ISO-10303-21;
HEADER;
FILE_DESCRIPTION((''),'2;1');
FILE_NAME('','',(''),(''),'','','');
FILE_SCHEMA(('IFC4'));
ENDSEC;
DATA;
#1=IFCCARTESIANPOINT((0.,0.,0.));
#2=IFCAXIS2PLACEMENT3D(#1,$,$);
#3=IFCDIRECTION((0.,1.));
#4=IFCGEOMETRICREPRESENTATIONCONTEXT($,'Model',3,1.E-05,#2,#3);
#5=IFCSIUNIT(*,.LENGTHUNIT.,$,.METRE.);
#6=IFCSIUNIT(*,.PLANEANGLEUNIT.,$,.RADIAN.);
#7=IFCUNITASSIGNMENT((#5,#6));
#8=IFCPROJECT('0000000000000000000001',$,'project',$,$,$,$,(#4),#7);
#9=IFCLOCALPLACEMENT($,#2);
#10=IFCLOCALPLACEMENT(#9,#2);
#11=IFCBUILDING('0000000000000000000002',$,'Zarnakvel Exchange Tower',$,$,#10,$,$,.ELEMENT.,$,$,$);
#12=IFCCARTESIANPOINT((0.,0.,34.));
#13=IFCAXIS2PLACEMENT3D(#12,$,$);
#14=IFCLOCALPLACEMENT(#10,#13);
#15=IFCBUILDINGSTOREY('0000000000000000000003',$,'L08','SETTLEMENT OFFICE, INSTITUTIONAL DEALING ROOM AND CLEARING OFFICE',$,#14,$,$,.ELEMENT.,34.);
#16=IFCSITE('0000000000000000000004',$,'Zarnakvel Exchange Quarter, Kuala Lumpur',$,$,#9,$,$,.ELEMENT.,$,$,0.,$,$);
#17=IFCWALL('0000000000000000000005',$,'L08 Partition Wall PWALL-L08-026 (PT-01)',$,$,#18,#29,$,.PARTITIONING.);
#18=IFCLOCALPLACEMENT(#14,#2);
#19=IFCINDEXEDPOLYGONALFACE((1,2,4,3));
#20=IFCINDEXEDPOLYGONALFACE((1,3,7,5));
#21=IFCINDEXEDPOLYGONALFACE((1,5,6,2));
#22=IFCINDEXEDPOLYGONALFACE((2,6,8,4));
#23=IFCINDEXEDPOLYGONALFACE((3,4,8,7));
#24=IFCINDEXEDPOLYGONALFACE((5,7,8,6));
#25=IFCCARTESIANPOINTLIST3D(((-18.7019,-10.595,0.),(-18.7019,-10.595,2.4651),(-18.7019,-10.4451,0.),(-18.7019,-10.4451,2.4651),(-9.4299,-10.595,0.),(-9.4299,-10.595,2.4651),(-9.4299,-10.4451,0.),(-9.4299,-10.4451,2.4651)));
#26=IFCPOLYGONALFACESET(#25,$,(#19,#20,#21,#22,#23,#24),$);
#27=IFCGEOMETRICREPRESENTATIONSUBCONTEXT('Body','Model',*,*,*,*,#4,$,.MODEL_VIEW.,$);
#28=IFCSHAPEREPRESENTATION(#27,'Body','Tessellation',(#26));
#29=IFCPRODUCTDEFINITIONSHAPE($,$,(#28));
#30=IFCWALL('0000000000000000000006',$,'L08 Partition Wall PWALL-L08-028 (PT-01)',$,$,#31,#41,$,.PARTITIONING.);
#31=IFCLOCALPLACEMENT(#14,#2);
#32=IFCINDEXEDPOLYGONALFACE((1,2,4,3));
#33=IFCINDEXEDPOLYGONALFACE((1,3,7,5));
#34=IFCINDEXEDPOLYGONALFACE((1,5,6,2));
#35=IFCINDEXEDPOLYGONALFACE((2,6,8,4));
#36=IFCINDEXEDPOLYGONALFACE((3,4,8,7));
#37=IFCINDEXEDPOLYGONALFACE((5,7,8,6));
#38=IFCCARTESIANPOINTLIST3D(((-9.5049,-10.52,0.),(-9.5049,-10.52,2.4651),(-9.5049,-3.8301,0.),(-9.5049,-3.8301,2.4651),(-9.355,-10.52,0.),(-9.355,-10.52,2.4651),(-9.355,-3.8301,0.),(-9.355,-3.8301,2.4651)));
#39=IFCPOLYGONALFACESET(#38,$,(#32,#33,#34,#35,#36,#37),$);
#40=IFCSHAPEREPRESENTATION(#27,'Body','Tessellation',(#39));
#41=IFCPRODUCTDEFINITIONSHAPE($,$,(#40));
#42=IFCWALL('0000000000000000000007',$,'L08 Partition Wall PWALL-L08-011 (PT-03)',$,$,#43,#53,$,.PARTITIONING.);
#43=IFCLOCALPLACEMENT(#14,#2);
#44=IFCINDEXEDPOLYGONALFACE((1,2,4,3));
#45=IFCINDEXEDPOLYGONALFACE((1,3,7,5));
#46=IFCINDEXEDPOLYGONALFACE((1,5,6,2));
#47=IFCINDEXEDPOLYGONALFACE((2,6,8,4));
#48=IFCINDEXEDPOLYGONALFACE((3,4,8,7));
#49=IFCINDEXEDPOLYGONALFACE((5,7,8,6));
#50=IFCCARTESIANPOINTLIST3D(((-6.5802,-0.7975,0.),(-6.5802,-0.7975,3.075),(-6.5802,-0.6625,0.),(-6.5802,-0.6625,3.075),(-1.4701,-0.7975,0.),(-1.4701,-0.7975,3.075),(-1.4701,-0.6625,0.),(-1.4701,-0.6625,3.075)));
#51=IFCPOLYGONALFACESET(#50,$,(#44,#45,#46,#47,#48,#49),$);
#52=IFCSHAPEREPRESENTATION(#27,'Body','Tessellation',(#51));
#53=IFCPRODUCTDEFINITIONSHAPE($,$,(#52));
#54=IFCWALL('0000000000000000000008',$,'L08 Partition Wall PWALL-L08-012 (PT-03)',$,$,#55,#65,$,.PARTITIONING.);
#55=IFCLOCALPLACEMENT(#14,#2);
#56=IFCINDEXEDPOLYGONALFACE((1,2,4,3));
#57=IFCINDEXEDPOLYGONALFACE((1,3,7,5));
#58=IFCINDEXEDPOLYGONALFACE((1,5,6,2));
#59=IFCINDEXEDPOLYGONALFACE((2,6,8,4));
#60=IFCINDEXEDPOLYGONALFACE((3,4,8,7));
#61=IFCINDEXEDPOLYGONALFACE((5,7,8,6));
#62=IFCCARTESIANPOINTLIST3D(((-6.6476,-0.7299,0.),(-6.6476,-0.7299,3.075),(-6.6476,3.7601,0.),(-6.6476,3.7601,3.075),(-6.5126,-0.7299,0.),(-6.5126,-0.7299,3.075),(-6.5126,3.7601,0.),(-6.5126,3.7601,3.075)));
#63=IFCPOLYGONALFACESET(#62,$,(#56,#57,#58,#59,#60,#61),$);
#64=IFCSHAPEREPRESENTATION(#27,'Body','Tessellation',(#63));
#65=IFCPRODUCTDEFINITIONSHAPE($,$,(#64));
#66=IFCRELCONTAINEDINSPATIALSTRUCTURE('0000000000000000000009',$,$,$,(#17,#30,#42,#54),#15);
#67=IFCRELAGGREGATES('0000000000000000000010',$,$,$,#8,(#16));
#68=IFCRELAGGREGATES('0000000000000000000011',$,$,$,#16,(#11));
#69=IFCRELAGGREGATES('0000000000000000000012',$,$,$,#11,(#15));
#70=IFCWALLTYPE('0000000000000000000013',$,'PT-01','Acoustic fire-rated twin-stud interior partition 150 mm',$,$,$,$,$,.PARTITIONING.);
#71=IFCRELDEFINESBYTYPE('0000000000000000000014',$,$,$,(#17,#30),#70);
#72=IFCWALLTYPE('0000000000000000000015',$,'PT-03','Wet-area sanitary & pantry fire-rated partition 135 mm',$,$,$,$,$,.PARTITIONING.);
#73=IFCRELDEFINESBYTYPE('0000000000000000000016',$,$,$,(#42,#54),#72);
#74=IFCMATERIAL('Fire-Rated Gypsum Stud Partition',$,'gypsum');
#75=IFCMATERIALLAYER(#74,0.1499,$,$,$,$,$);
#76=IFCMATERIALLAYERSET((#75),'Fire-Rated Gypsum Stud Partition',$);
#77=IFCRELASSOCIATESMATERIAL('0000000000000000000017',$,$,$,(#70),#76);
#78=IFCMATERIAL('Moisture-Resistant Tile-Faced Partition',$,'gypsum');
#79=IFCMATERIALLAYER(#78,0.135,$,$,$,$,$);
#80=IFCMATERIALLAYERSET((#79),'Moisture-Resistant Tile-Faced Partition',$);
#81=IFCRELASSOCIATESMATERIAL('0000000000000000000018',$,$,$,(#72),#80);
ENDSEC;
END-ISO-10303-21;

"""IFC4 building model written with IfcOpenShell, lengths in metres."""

from ifc_helpers import new_model, si_unit, direction, frame, frame_2d, origin, place, context, subcontext, project, spatial, rectangle, extrude, material, layer, layer_set, type_object, element, save


model = new_model("IFC4")

# Units and contexts
model_context = context("Model", 3, precision=1e-05, world=origin(), true_north=direction((0.0, 1.0)))
body_context = subcontext(model_context, "Body", "Model", "MODEL_VIEW")
ifc_project = project(units=[si_unit("LENGTHUNIT", "METRE"), si_unit("PLANEANGLEUNIT", "RADIAN")], contexts=[model_context])

# Site, building, storey
site_placement = place(None, origin())
site = spatial("IfcSite", under=ifc_project, at=site_placement, Name="Zarnakvel Exchange Quarter, Kuala Lumpur", CompositionType="ELEMENT", RefElevation=0.0)
building_placement = place(site_placement, origin())
building = spatial("IfcBuilding", under=site, at=building_placement, Name="Zarnakvel Exchange Tower", CompositionType="ELEMENT")
storey_placement = place(building_placement, frame((0.0, 0.0, 34.0)))
storey = spatial("IfcBuildingStorey", under=building, at=storey_placement, Name="L08", Description="SETTLEMENT OFFICE, INSTITUTIONAL DEALING ROOM AND CLEARING OFFICE", CompositionType="ELEMENT", Elevation=34.0)

# Walls
ifc_material_1 = material(Name="Fire-Rated Gypsum Stud Partition", Category="gypsum")
ifc_layer_1 = layer(ifc_material_1, 0.1499)
ifc_layer_set_1 = layer_set([ifc_layer_1], Name="Fire-Rated Gypsum Stud Partition")
wall_type_1 = type_object("IfcWallType", Name="PT-01", Description="Acoustic fire-rated twin-stud interior partition 150 mm", PredefinedType="PARTITIONING", material=ifc_layer_set_1)
wall_1_placement = place(storey_placement, frame((-9.4299, -10.52, 0.0), z_axis=(0.0, 0.0, 1.0), x_axis=(-1.0, 0.0, 0.0)))
element("IfcWall", 1, at=wall_1_placement, inside=storey, type_object=wall_type_1, Name="L08 Partition Wall PWALL-L08-026 (PT-01)", PredefinedType="PARTITIONING", context=body_context, shape_type="SweptSolid", body=[
    extrude(rectangle(XDim=9.272, YDim=0.1499, at=frame_2d((4.636, 0.0))), origin(), (0.0, 0.0, 1.0), 2.4651),
])
wall_2_placement = place(storey_placement, frame((-9.4299, -3.8301, 0.0), z_axis=(0.0, 0.0, 1.0), x_axis=(0.0, -1.0, 0.0)))
element("IfcWall", 2, at=wall_2_placement, inside=storey, type_object=wall_type_1, Name="L08 Partition Wall PWALL-L08-028 (PT-01)", PredefinedType="PARTITIONING", context=body_context, shape_type="SweptSolid", body=[
    extrude(rectangle(XDim=6.6899, YDim=0.1499, at=frame_2d((3.345, 0.0))), origin(), (0.0, 0.0, 1.0), 2.4651),
])
ifc_material_2 = material(Name="Moisture-Resistant Tile-Faced Partition", Category="gypsum")
ifc_layer_2 = layer(ifc_material_2, 0.135)
ifc_layer_set_2 = layer_set([ifc_layer_2], Name="Moisture-Resistant Tile-Faced Partition")
wall_type_2 = type_object("IfcWallType", Name="PT-03", Description="Wet-area sanitary & pantry fire-rated partition 135 mm", PredefinedType="PARTITIONING", material=ifc_layer_set_2)
wall_3_placement = place(storey_placement, frame((-1.47, -0.73, 0.0), z_axis=(0.0, 0.0, 1.0), x_axis=(-1.0, 0.0, 0.0)))
element("IfcWall", 3, at=wall_3_placement, inside=storey, type_object=wall_type_2, Name="L08 Partition Wall PWALL-L08-011 (PT-03)", PredefinedType="PARTITIONING", context=body_context, shape_type="SweptSolid", body=[
    extrude(rectangle(XDim=5.1101, YDim=0.135, at=frame_2d((2.5552, 0.0))), origin(), (0.0, 0.0, 1.0), 3.075),
])
wall_4_placement = place(storey_placement, frame((-6.5801, -0.73, 0.0), z_axis=(0.0, 0.0, 1.0), x_axis=(0.0, 1.0, 0.0)))
element("IfcWall", 4, at=wall_4_placement, inside=storey, type_object=wall_type_2, Name="L08 Partition Wall PWALL-L08-012 (PT-03)", PredefinedType="PARTITIONING", context=body_context, shape_type="SweptSolid", body=[
    extrude(rectangle(XDim=4.49, YDim=0.135, at=frame_2d((2.2451, 0.0))), origin(), (0.0, 0.0, 1.0), 3.075),
])

save(model, "model.ifc")
